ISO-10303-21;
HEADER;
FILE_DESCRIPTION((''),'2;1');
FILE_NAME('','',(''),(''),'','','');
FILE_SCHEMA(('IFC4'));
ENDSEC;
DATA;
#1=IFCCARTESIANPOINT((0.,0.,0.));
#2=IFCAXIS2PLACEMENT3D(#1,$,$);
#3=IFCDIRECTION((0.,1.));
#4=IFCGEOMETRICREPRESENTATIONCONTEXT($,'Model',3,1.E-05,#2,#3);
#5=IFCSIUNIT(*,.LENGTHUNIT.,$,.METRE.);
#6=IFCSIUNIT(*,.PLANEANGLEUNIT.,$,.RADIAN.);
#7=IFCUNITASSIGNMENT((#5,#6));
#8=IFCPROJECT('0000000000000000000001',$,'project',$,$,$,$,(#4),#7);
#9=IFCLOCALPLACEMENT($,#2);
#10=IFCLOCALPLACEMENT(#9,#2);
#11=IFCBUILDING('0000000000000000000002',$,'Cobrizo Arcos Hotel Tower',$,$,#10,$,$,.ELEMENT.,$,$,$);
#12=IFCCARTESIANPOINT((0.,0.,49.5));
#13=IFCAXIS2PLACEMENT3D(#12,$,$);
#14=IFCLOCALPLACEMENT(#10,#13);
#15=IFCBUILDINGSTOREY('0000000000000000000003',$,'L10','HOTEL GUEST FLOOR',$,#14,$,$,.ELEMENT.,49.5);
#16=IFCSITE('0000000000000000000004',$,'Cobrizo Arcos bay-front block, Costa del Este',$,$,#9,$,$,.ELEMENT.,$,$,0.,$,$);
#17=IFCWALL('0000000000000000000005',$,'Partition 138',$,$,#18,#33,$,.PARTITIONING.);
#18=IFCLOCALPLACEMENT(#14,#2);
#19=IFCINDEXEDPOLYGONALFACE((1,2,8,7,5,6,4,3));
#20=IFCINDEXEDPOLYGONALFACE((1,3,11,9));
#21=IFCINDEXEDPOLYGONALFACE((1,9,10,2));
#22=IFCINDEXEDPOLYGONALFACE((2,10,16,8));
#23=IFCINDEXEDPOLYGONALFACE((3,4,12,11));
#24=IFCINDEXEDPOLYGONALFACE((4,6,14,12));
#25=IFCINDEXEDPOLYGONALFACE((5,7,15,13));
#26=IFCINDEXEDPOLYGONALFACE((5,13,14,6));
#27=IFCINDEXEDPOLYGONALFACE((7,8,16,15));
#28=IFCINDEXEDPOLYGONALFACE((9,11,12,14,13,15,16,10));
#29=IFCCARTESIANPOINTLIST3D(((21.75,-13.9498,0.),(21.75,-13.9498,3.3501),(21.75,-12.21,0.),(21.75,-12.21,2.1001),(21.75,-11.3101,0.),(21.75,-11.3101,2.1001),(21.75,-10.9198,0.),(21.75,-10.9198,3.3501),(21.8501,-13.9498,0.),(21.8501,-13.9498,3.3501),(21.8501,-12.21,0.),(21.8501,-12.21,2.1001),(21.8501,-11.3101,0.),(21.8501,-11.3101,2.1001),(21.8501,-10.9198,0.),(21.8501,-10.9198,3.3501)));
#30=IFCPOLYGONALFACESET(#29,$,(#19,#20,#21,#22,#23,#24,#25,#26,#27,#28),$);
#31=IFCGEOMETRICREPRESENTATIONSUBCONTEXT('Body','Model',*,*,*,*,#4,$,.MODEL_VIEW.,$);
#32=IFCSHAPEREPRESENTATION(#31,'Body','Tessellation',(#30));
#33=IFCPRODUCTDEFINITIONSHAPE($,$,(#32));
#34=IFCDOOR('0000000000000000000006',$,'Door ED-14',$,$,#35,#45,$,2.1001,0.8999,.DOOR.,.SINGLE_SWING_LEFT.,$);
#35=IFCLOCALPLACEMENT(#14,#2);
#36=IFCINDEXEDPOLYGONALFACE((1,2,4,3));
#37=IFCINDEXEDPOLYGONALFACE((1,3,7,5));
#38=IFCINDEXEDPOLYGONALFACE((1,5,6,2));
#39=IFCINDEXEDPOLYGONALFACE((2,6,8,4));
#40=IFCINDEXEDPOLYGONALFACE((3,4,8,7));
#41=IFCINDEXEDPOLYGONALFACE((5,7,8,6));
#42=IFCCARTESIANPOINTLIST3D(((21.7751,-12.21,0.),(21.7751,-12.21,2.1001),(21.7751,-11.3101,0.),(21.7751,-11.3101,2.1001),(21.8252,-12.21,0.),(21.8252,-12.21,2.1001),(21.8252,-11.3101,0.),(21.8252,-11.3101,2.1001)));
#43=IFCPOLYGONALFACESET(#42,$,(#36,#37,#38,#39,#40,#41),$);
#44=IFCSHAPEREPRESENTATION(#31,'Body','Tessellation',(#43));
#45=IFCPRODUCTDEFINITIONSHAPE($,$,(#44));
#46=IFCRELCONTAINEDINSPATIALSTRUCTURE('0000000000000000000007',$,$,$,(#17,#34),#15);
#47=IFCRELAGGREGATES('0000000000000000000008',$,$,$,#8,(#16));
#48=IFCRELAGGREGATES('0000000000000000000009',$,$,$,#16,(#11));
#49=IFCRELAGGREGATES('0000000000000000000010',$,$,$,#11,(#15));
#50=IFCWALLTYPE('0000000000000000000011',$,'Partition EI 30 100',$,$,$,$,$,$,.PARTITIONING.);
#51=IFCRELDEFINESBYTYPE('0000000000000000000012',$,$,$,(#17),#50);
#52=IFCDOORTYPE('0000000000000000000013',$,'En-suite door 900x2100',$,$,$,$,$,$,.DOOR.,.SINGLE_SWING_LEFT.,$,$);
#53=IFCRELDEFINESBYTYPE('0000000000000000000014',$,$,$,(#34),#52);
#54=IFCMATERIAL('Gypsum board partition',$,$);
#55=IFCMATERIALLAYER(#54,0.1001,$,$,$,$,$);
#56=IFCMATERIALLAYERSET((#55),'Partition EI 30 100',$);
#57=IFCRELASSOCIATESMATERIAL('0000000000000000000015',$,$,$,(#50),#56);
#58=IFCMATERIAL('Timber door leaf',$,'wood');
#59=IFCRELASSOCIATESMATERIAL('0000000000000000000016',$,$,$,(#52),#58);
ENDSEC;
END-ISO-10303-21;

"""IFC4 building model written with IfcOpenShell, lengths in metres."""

from ifc_helpers import new_model, si_unit, direction, frame, frame_2d, origin, place, context, subcontext, project, spatial, rectangle, extrude, material, layer, layer_set, type_object, element, fill, save


model = new_model("IFC4")

# Units and contexts
model_context = context("Model", 3, precision=1e-05, world=origin(), true_north=direction((0.0, 1.0)))
body_context = subcontext(model_context, "Body", "Model", "MODEL_VIEW")
ifc_project = project(units=[si_unit("LENGTHUNIT", "METRE"), si_unit("PLANEANGLEUNIT", "RADIAN")], contexts=[model_context])

# Site, building, storey
site_placement = place(None, origin())
site = spatial("IfcSite", under=ifc_project, at=site_placement, Name="Cobrizo Arcos bay-front block, Costa del Este", CompositionType="ELEMENT", RefElevation=0.0)
building_placement = place(site_placement, origin())
building = spatial("IfcBuilding", under=site, at=building_placement, Name="Cobrizo Arcos Hotel Tower", CompositionType="ELEMENT")
storey_placement = place(building_placement, frame((0.0, 0.0, 49.5)))
storey = spatial("IfcBuildingStorey", under=building, at=storey_placement, Name="L10", Description="HOTEL GUEST FLOOR", CompositionType="ELEMENT", Elevation=49.5)

# Shared definitions
ifc_material_1 = material(Name="Gypsum board partition")
ifc_layer_1 = layer(ifc_material_1, 0.1001)
ifc_layer_set_1 = layer_set([ifc_layer_1], Name="Partition EI 30 100")
wall_type_1 = type_object("IfcWallType", Name="Partition EI 30 100", PredefinedType="PARTITIONING", material=ifc_layer_set_1)

# Wall, opening, door
wall_1_placement = place(storey_placement, frame((21.8, -13.95, 0.0), z_axis=(0.0, 0.0, 1.0), x_axis=(0.0, 1.0, 0.0)))
wall_1 = element("IfcWall", 1, at=wall_1_placement, inside=storey, type_object=wall_type_1, Name="Partition 138", PredefinedType="PARTITIONING", context=body_context, shape_type="SweptSolid", body=[
    extrude(rectangle(XDim=3.03, YDim=0.1001, at=frame_2d((1.5151, 0.0))), origin(), (0.0, 0.0, 1.0), 3.3501),
])
opening_1_placement = place(wall_1_placement, frame((1.74, 0.0, 0.0)))
opening_1 = element("IfcOpeningElement", 2, at=opening_1_placement, cuts=wall_1, PredefinedType="OPENING", context=body_context, shape_type="SweptSolid", body=[
    extrude(rectangle(XDim=0.8999, YDim=2.1001, at=frame_2d((0.45, 1.05))), frame((0.0, 0.062, 0.0), z_axis=(0.0, -1.0, 0.0), x_axis=(1.0, 0.0, 0.0)), (0.0, 0.0, 1.0), 0.124),
])
ifc_material_2 = material(Name="Timber door leaf", Category="wood")
door_type_1 = type_object("IfcDoorType", Name="En-suite door 900x2100", OperationType="SINGLE_SWING_LEFT", PredefinedType="DOOR", material=ifc_material_2)
door_1_placement = place(opening_1_placement, origin())
door_1 = element("IfcDoor", 3, at=door_1_placement, inside=storey, type_object=door_type_1, Name="Door ED-14", OperationType="SINGLE_SWING_LEFT", OverallHeight=2.1001, OverallWidth=0.8999, PredefinedType="DOOR", context=body_context, shape_type="SweptSolid", body=[
    extrude(rectangle(XDim=0.8999, YDim=2.1001, at=frame_2d((0.45, 1.05))), frame((0.0, 0.0249, 0.0), z_axis=(0.0, -1.0, 0.0), x_axis=(1.0, 0.0, 0.0)), (0.0, 0.0, 1.0), 0.05),
])
fill(opening_1, door_1)

save(model, "model.ifc")
